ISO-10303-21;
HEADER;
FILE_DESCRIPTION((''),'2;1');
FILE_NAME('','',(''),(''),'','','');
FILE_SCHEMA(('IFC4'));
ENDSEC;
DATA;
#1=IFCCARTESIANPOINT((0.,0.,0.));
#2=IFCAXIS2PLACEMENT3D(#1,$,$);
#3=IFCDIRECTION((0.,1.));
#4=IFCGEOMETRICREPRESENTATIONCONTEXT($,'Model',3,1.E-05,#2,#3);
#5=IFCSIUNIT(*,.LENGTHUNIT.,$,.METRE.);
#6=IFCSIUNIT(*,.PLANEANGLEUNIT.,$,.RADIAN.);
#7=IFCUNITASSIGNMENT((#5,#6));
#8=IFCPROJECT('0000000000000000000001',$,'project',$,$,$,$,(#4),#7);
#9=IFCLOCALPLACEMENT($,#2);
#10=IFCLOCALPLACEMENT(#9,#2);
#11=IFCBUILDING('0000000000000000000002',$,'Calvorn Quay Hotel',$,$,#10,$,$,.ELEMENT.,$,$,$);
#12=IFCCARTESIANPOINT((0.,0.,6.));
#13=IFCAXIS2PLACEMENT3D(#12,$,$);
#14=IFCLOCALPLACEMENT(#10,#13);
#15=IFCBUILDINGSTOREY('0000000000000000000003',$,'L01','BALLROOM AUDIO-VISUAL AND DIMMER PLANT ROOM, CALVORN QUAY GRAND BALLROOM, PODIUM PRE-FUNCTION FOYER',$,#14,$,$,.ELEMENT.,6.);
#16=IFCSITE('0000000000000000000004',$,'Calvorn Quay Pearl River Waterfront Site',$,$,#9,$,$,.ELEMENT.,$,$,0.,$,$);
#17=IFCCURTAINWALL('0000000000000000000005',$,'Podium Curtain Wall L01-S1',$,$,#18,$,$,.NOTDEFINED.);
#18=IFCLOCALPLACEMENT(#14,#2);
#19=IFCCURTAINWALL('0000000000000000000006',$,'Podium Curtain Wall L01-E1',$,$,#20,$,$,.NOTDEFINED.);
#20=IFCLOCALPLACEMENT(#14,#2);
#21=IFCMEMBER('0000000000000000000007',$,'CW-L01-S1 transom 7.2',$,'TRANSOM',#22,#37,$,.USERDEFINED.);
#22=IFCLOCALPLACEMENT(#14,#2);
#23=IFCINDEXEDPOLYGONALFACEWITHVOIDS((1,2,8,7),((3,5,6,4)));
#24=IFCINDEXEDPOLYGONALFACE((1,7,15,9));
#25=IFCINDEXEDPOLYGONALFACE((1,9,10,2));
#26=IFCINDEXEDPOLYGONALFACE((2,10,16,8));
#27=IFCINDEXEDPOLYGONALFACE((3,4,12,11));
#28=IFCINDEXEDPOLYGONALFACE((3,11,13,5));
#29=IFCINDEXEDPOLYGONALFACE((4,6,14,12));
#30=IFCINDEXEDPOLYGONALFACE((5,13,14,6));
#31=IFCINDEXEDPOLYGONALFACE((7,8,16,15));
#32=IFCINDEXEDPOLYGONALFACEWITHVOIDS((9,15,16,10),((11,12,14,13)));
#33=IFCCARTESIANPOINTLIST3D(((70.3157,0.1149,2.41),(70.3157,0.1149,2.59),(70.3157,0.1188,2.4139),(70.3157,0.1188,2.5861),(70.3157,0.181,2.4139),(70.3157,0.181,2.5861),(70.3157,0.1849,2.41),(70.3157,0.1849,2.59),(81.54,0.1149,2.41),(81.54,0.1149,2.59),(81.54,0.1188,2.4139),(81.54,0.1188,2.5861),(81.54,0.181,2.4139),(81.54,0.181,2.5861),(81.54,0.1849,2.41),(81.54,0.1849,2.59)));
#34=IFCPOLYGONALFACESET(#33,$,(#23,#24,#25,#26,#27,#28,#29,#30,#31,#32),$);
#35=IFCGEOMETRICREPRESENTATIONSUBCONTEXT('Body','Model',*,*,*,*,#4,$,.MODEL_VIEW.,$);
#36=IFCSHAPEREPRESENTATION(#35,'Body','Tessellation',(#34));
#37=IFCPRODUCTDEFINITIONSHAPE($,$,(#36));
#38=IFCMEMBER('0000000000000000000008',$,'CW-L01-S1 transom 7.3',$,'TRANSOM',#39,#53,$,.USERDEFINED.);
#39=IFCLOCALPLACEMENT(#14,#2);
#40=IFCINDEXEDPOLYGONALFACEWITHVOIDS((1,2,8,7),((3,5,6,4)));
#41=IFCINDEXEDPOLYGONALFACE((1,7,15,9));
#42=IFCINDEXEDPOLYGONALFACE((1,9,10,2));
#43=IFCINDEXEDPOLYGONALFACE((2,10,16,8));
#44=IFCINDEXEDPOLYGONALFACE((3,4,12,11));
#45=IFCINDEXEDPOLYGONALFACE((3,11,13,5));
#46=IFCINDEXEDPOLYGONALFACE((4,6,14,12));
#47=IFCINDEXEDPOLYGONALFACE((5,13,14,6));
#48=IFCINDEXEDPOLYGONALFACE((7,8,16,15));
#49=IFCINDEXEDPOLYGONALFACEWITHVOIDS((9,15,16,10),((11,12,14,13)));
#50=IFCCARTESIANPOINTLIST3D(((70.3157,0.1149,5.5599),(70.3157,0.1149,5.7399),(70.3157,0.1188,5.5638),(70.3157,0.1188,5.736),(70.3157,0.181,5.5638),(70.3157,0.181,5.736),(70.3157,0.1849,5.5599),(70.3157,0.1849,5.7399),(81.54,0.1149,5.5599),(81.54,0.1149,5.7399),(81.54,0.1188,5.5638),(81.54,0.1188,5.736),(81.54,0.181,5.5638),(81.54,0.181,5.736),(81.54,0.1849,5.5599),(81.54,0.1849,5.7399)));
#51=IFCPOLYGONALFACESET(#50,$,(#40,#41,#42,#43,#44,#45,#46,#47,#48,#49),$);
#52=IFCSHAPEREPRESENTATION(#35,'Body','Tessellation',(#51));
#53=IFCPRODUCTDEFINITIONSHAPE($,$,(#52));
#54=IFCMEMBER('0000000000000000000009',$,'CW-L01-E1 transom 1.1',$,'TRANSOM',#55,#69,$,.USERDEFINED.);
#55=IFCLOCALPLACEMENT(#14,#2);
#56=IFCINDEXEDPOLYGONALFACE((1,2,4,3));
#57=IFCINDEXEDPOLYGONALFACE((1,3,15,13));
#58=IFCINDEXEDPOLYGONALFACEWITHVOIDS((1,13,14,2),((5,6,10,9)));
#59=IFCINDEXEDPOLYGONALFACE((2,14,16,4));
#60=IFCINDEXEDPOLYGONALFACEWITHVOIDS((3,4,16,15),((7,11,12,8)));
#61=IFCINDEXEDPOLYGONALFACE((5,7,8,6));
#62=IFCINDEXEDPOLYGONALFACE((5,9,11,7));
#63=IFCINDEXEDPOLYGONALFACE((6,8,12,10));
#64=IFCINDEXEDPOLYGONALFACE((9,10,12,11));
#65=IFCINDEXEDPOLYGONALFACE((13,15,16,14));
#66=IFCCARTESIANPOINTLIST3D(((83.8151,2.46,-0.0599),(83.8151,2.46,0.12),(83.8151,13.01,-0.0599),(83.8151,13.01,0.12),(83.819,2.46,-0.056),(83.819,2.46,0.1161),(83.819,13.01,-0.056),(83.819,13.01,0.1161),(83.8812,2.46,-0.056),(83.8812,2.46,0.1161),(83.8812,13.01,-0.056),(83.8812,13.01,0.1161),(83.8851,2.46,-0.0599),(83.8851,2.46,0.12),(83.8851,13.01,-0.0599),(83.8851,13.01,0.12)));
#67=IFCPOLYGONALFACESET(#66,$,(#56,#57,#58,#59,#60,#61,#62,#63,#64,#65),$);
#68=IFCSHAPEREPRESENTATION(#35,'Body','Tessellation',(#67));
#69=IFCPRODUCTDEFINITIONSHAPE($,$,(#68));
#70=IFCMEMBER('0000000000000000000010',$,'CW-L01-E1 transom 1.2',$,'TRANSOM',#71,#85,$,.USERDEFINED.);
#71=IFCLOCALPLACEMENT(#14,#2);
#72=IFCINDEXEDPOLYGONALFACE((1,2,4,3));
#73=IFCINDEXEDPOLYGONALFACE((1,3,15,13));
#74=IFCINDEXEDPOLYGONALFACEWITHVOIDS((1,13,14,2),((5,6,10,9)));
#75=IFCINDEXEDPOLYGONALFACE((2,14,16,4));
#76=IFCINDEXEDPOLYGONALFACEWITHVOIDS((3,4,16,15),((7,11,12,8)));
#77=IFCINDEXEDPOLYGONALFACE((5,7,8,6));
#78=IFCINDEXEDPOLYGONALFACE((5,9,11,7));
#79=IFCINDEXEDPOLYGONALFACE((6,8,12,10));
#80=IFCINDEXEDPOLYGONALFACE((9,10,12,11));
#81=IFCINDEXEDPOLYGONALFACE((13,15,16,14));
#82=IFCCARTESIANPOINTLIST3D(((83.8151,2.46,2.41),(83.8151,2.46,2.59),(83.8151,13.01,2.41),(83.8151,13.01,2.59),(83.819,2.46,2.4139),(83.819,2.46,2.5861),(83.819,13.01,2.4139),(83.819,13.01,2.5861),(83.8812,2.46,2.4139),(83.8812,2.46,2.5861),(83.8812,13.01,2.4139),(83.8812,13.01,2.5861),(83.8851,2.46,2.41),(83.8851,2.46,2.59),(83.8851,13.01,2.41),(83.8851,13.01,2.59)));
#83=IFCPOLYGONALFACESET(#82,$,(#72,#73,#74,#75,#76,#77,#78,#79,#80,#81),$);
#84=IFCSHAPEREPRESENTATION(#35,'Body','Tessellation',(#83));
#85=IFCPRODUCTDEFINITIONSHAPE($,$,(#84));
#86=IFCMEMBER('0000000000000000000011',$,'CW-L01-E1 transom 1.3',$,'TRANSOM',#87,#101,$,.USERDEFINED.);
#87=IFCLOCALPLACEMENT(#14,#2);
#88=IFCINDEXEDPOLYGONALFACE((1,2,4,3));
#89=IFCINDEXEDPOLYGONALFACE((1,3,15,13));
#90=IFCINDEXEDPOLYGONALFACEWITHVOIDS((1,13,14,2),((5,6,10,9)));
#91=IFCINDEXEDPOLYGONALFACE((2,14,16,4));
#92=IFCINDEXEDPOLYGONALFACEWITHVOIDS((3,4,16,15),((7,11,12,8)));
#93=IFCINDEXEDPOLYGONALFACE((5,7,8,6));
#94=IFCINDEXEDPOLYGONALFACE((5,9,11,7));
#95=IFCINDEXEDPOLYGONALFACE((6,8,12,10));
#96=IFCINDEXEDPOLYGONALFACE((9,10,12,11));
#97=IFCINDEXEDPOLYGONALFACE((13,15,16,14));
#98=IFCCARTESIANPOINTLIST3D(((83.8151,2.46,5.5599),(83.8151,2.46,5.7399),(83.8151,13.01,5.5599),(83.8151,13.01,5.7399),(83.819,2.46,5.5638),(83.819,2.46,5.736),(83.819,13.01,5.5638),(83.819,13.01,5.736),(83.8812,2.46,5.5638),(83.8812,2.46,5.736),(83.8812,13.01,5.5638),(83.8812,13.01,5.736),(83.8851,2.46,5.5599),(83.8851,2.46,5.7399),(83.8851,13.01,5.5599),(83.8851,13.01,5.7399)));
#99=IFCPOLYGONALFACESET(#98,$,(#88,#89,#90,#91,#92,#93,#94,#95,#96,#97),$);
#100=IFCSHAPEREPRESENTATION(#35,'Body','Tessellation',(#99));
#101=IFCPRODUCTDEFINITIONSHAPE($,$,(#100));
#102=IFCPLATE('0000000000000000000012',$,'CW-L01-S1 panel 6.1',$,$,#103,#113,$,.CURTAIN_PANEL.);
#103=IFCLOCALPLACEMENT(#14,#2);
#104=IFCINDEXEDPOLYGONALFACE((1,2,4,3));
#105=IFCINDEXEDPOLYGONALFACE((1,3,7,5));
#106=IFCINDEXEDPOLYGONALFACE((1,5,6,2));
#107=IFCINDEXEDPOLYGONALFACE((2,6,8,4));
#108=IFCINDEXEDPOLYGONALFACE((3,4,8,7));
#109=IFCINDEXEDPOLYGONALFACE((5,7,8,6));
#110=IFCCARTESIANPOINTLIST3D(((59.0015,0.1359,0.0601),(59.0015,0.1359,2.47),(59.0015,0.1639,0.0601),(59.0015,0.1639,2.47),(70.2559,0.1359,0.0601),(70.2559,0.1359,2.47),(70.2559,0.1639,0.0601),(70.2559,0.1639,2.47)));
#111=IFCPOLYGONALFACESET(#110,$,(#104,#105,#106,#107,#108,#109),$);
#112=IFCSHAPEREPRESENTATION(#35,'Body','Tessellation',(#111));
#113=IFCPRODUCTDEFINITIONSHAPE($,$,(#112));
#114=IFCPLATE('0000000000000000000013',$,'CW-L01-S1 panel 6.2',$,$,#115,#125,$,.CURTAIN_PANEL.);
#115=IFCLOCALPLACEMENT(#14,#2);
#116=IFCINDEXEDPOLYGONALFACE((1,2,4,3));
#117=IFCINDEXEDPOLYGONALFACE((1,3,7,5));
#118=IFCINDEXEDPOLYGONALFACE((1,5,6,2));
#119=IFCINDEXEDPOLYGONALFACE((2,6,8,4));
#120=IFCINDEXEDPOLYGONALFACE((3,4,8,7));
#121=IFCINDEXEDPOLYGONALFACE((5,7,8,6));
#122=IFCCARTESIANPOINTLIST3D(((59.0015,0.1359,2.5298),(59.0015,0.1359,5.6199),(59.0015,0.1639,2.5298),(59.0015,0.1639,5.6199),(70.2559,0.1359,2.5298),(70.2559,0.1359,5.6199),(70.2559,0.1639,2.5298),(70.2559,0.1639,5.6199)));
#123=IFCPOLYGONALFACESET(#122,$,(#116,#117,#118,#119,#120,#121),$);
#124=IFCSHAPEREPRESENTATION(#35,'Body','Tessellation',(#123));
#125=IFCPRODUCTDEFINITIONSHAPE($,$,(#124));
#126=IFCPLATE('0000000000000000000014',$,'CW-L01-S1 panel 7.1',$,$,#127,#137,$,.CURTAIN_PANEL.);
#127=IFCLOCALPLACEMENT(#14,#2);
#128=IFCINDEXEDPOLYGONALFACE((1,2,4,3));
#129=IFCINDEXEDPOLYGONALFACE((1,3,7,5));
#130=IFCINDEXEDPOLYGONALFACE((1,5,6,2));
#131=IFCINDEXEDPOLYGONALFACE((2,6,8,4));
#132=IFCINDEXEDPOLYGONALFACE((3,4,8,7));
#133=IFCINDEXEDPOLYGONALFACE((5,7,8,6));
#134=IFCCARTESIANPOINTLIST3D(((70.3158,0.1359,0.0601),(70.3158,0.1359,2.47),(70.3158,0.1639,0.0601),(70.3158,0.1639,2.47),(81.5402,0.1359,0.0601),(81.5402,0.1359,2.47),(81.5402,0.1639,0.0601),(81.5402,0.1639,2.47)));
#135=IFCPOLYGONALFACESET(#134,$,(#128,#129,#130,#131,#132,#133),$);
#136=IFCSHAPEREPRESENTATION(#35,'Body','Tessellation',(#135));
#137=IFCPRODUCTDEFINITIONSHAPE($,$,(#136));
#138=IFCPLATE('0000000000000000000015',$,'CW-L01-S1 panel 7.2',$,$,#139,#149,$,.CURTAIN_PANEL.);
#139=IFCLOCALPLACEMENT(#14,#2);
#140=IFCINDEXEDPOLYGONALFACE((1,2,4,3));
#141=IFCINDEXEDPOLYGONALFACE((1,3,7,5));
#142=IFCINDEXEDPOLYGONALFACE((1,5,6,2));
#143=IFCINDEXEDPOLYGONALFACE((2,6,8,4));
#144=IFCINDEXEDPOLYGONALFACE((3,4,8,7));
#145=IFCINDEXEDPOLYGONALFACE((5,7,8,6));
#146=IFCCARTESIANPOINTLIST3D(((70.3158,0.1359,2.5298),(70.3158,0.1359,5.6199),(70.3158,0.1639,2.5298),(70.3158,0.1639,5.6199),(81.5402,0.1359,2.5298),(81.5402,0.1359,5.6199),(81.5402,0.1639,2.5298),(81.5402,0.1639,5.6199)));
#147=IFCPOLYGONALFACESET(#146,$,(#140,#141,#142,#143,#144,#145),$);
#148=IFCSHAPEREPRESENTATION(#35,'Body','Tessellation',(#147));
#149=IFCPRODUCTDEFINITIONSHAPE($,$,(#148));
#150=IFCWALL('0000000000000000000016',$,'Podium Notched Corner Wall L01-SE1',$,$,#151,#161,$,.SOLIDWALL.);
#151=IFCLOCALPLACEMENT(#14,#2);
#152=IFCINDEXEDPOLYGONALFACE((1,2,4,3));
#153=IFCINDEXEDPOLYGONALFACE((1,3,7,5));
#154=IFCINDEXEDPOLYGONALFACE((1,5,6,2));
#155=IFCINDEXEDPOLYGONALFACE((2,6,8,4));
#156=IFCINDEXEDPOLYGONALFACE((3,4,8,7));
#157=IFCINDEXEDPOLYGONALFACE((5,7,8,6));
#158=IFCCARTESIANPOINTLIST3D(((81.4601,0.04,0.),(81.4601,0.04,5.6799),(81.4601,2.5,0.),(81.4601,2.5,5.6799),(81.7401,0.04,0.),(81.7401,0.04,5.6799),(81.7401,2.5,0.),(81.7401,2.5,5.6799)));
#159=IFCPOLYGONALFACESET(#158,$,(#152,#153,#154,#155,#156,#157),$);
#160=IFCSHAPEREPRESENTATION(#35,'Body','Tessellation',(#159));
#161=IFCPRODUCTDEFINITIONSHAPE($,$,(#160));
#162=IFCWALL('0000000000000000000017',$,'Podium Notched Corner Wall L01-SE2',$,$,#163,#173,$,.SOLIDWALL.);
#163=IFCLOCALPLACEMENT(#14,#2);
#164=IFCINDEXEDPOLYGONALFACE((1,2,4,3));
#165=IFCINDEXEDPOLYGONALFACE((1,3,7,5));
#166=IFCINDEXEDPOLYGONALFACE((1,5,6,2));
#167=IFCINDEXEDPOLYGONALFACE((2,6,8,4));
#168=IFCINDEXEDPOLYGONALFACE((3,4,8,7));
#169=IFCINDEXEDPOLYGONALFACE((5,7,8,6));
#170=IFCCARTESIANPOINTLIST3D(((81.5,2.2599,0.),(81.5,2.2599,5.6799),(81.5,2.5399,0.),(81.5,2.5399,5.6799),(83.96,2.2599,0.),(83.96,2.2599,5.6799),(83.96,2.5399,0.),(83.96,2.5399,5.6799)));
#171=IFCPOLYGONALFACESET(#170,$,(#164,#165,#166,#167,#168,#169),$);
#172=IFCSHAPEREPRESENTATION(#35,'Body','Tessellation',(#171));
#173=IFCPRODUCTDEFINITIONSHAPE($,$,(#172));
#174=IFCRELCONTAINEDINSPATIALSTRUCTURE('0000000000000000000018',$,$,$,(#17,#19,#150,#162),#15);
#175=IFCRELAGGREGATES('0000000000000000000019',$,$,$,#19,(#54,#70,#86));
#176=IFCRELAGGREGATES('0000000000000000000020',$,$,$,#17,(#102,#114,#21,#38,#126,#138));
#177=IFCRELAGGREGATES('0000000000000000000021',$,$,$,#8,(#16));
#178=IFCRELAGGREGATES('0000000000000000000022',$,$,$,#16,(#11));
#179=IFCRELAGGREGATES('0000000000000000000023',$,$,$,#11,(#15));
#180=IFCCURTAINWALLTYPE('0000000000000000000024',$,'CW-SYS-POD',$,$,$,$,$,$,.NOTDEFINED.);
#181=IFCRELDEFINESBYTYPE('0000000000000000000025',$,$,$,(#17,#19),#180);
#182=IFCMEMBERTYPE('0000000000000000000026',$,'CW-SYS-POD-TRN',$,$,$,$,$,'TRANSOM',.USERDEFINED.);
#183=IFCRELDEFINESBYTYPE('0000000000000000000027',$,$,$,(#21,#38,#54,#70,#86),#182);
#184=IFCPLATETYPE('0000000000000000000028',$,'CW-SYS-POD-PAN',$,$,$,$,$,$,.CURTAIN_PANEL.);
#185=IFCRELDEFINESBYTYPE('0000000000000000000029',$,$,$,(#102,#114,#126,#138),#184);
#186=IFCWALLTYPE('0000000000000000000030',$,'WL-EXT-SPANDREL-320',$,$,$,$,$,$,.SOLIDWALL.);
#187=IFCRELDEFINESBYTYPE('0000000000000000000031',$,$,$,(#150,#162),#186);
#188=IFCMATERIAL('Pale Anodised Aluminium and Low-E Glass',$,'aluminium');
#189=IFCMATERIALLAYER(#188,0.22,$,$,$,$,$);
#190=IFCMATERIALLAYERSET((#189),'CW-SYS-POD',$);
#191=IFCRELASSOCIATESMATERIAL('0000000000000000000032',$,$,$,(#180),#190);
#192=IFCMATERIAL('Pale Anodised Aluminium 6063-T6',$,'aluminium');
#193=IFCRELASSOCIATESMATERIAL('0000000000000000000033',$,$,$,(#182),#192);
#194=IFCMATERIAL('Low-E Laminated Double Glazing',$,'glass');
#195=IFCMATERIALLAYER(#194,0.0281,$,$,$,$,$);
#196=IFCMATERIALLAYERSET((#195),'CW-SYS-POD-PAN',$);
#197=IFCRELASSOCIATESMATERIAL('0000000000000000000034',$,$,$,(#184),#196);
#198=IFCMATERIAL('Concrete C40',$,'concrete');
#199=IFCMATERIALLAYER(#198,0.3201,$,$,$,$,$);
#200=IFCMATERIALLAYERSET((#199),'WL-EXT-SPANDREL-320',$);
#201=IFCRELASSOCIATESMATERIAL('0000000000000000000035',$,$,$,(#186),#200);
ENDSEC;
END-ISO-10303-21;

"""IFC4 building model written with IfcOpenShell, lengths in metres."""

from ifc_helpers import new_model, si_unit, direction, frame, frame_2d, origin, origin_2d, place, context, subcontext, project, spatial, rectangle, hollow_rectangle, extrude, material, layer, layer_set, material_profile, profile_set, type_object, element, aggregate, save


model = new_model("IFC4")

# Units and contexts
model_context = context("Model", 3, precision=1e-05, world=origin(), true_north=direction((0.0, 1.0)))
body_context = subcontext(model_context, "Body", "Model", "MODEL_VIEW")
ifc_project = project(units=[si_unit("LENGTHUNIT", "METRE"), si_unit("PLANEANGLEUNIT", "RADIAN")], contexts=[model_context])

# Site, building, storey
site_placement = place(None, origin())
site = spatial("IfcSite", under=ifc_project, at=site_placement, Name="Calvorn Quay Pearl River Waterfront Site", CompositionType="ELEMENT", RefElevation=0.0)
building_placement = place(site_placement, origin())
building = spatial("IfcBuilding", under=site, at=building_placement, Name="Calvorn Quay Hotel", CompositionType="ELEMENT")
storey_placement = place(building_placement, frame((0.0, 0.0, 6.0)))
storey = spatial("IfcBuildingStorey", under=building, at=storey_placement, Name="L01", Description="BALLROOM AUDIO-VISUAL AND DIMMER PLANT ROOM, CALVORN QUAY GRAND BALLROOM, PODIUM PRE-FUNCTION FOYER", CompositionType="ELEMENT", Elevation=6.0)

# Curtain wall
ifc_material_1 = material(Name="Pale Anodised Aluminium and Low-E Glass", Category="aluminium")
ifc_layer_1 = layer(ifc_material_1, 0.22)
ifc_layer_set_1 = layer_set([ifc_layer_1], Name="CW-SYS-POD")
curtain_wall_type = type_object("IfcCurtainWallType", Name="CW-SYS-POD", PredefinedType="NOTDEFINED", material=ifc_layer_set_1)
curtain_wall_1_placement = place(storey_placement, origin())
curtain_wall_1 = element("IfcCurtainWall", 1, at=curtain_wall_1_placement, inside=storey, type_object=curtain_wall_type, Name="Podium Curtain Wall L01-S1", PredefinedType="NOTDEFINED")

# Curtain wall
curtain_wall_2_placement = place(storey_placement, origin())
curtain_wall_2 = element("IfcCurtainWall", 2, at=curtain_wall_2_placement, inside=storey, type_object=curtain_wall_type, Name="Podium Curtain Wall L01-E1", PredefinedType="NOTDEFINED")

# Members
ifc_material_2 = material(Name="Pale Anodised Aluminium 6063-T6", Category="aluminium")
ifc_material_profile_1 = material_profile(ifc_material_2, hollow_rectangle(XDim=0.0701, YDim=0.1799, WallThickness=0.0039, at=origin_2d()), Name="ALU-T180x70x4")
ifc_profile_set_1 = profile_set([ifc_material_profile_1], Name="Pale Anodised Aluminium 6063-T6")
member_type_1 = type_object("IfcMemberType", Name="CW-SYS-POD-TRN", ElementType="TRANSOM", PredefinedType="USERDEFINED", material=ifc_profile_set_1)
member_1_placement = place(storey_placement, frame((70.3157, 0.1499, 2.5), z_axis=(1.0, 0.0, 0.0), x_axis=(0.0, 1.0, 0.0)))
member_1 = element("IfcMember", 3, at=member_1_placement, type_object=member_type_1, Name="CW-L01-S1 transom 7.2", ObjectType="TRANSOM", PredefinedType="USERDEFINED", context=body_context, shape_type="SweptSolid", body=[
    extrude(hollow_rectangle(XDim=0.0701, YDim=0.1799, WallThickness=0.0039, at=origin_2d()), origin(), (0.0, 0.0, 1.0), 11.2244),
])
member_2_placement = place(storey_placement, frame((70.3157, 0.1499, 5.6499), z_axis=(1.0, 0.0, 0.0), x_axis=(0.0, 1.0, 0.0)))
member_2 = element("IfcMember", 4, at=member_2_placement, type_object=member_type_1, Name="CW-L01-S1 transom 7.3", ObjectType="TRANSOM", PredefinedType="USERDEFINED", context=body_context, shape_type="SweptSolid", body=[
    extrude(hollow_rectangle(XDim=0.0701, YDim=0.1799, WallThickness=0.0039, at=origin_2d()), origin(), (0.0, 0.0, 1.0), 11.2244),
])
member_3_placement = place(storey_placement, frame((83.8501, 2.46, 0.03), z_axis=(0.0, 1.0, 0.0), x_axis=(-1.0, 0.0, 0.0)))
member_3 = element("IfcMember", 5, at=member_3_placement, type_object=member_type_1, Name="CW-L01-E1 transom 1.1", ObjectType="TRANSOM", PredefinedType="USERDEFINED", context=body_context, shape_type="SweptSolid", body=[
    extrude(hollow_rectangle(XDim=0.0701, YDim=0.1799, WallThickness=0.0039, at=origin_2d()), origin(), (0.0, 0.0, 1.0), 10.55),
])
member_4_placement = place(storey_placement, frame((83.8501, 2.46, 2.5), z_axis=(0.0, 1.0, 0.0), x_axis=(-1.0, 0.0, 0.0)))
member_4 = element("IfcMember", 6, at=member_4_placement, type_object=member_type_1, Name="CW-L01-E1 transom 1.2", ObjectType="TRANSOM", PredefinedType="USERDEFINED", context=body_context, shape_type="SweptSolid", body=[
    extrude(hollow_rectangle(XDim=0.0701, YDim=0.1799, WallThickness=0.0039, at=origin_2d()), origin(), (0.0, 0.0, 1.0), 10.55),
])
member_5_placement = place(storey_placement, frame((83.8501, 2.46, 5.6499), z_axis=(0.0, 1.0, 0.0), x_axis=(-1.0, 0.0, 0.0)))
member_5 = element("IfcMember", 7, at=member_5_placement, type_object=member_type_1, Name="CW-L01-E1 transom 1.3", ObjectType="TRANSOM", PredefinedType="USERDEFINED", context=body_context, shape_type="SweptSolid", body=[
    extrude(hollow_rectangle(XDim=0.0701, YDim=0.1799, WallThickness=0.0039, at=origin_2d()), origin(), (0.0, 0.0, 1.0), 10.55),
])
aggregate(curtain_wall_2, [member_3, member_4, member_5])

# Plates
ifc_material_3 = material(Name="Low-E Laminated Double Glazing", Category="glass")
ifc_layer_2 = layer(ifc_material_3, 0.0281)
ifc_layer_set_2 = layer_set([ifc_layer_2], Name="CW-SYS-POD-PAN")
plate_type = type_object("IfcPlateType", Name="CW-SYS-POD-PAN", PredefinedType="CURTAIN_PANEL", material=ifc_layer_set_2)
plate_1_placement = place(storey_placement, frame((64.6287, 0.1499, 0.0601), z_axis=(0.0, 0.0, 1.0), x_axis=(1.0, 0.0, 0.0)))
plate_1 = element("IfcPlate", 8, at=plate_1_placement, type_object=plate_type, Name="CW-L01-S1 panel 6.1", PredefinedType="CURTAIN_PANEL", context=body_context, shape_type="SweptSolid", body=[
    extrude(rectangle(XDim=11.2544, YDim=0.0281, at=origin_2d()), origin(), (0.0, 0.0, 1.0), 2.4099),
])
plate_2_placement = place(storey_placement, frame((64.6287, 0.1499, 2.5298), z_axis=(0.0, 0.0, 1.0), x_axis=(1.0, 0.0, 0.0)))
plate_2 = element("IfcPlate", 9, at=plate_2_placement, type_object=plate_type, Name="CW-L01-S1 panel 6.2", PredefinedType="CURTAIN_PANEL", context=body_context, shape_type="SweptSolid", body=[
    extrude(rectangle(XDim=11.2544, YDim=0.0281, at=origin_2d()), origin(), (0.0, 0.0, 1.0), 3.0901),
])
plate_3_placement = place(storey_placement, frame((75.928, 0.1499, 0.0601), z_axis=(0.0, 0.0, 1.0), x_axis=(1.0, 0.0, 0.0)))
plate_3 = element("IfcPlate", 10, at=plate_3_placement, type_object=plate_type, Name="CW-L01-S1 panel 7.1", PredefinedType="CURTAIN_PANEL", context=body_context, shape_type="SweptSolid", body=[
    extrude(rectangle(XDim=11.2244, YDim=0.0281, at=origin_2d()), origin(), (0.0, 0.0, 1.0), 2.4099),
])
plate_4_placement = place(storey_placement, frame((75.928, 0.1499, 2.5298), z_axis=(0.0, 0.0, 1.0), x_axis=(1.0, 0.0, 0.0)))
plate_4 = element("IfcPlate", 11, at=plate_4_placement, type_object=plate_type, Name="CW-L01-S1 panel 7.2", PredefinedType="CURTAIN_PANEL", context=body_context, shape_type="SweptSolid", body=[
    extrude(rectangle(XDim=11.2244, YDim=0.0281, at=origin_2d()), origin(), (0.0, 0.0, 1.0), 3.0901),
])
aggregate(curtain_wall_1, [plate_1, plate_2, member_1, member_2, plate_3, plate_4])

# Walls
ifc_material_4 = material(Name="Concrete C40", Category="concrete")
ifc_layer_3 = layer(ifc_material_4, 0.3201)
ifc_layer_set_3 = layer_set([ifc_layer_3], Name="WL-EXT-SPANDREL-320")
wall_type = type_object("IfcWallType", Name="WL-EXT-SPANDREL-320", PredefinedType="SOLIDWALL", material=ifc_layer_set_3)
for number, where, z_axis, x_axis, name in (
    (12, (81.6001, 0.04, 0.0), (0.0, 0.0, 1.0), (0.0, 1.0, 0.0), "Podium Notched Corner Wall L01-SE1"),
    (13, (81.5, 2.3999, 0.0), (0.0, 0.0, 1.0), (1.0, 0.0, 0.0), "Podium Notched Corner Wall L01-SE2"),
):
    element("IfcWall", number, at=place(storey_placement, frame(where, z_axis=z_axis, x_axis=x_axis)), inside=storey, type_object=wall_type, Name=name, PredefinedType="SOLIDWALL", context=body_context, shape_type="SweptSolid", body=[
        extrude(rectangle(XDim=2.46, YDim=0.28, at=frame_2d((1.23, 0.0))), origin(), (0.0, 0.0, 1.0), 5.6799),
    ])

save(model, "model.ifc")
